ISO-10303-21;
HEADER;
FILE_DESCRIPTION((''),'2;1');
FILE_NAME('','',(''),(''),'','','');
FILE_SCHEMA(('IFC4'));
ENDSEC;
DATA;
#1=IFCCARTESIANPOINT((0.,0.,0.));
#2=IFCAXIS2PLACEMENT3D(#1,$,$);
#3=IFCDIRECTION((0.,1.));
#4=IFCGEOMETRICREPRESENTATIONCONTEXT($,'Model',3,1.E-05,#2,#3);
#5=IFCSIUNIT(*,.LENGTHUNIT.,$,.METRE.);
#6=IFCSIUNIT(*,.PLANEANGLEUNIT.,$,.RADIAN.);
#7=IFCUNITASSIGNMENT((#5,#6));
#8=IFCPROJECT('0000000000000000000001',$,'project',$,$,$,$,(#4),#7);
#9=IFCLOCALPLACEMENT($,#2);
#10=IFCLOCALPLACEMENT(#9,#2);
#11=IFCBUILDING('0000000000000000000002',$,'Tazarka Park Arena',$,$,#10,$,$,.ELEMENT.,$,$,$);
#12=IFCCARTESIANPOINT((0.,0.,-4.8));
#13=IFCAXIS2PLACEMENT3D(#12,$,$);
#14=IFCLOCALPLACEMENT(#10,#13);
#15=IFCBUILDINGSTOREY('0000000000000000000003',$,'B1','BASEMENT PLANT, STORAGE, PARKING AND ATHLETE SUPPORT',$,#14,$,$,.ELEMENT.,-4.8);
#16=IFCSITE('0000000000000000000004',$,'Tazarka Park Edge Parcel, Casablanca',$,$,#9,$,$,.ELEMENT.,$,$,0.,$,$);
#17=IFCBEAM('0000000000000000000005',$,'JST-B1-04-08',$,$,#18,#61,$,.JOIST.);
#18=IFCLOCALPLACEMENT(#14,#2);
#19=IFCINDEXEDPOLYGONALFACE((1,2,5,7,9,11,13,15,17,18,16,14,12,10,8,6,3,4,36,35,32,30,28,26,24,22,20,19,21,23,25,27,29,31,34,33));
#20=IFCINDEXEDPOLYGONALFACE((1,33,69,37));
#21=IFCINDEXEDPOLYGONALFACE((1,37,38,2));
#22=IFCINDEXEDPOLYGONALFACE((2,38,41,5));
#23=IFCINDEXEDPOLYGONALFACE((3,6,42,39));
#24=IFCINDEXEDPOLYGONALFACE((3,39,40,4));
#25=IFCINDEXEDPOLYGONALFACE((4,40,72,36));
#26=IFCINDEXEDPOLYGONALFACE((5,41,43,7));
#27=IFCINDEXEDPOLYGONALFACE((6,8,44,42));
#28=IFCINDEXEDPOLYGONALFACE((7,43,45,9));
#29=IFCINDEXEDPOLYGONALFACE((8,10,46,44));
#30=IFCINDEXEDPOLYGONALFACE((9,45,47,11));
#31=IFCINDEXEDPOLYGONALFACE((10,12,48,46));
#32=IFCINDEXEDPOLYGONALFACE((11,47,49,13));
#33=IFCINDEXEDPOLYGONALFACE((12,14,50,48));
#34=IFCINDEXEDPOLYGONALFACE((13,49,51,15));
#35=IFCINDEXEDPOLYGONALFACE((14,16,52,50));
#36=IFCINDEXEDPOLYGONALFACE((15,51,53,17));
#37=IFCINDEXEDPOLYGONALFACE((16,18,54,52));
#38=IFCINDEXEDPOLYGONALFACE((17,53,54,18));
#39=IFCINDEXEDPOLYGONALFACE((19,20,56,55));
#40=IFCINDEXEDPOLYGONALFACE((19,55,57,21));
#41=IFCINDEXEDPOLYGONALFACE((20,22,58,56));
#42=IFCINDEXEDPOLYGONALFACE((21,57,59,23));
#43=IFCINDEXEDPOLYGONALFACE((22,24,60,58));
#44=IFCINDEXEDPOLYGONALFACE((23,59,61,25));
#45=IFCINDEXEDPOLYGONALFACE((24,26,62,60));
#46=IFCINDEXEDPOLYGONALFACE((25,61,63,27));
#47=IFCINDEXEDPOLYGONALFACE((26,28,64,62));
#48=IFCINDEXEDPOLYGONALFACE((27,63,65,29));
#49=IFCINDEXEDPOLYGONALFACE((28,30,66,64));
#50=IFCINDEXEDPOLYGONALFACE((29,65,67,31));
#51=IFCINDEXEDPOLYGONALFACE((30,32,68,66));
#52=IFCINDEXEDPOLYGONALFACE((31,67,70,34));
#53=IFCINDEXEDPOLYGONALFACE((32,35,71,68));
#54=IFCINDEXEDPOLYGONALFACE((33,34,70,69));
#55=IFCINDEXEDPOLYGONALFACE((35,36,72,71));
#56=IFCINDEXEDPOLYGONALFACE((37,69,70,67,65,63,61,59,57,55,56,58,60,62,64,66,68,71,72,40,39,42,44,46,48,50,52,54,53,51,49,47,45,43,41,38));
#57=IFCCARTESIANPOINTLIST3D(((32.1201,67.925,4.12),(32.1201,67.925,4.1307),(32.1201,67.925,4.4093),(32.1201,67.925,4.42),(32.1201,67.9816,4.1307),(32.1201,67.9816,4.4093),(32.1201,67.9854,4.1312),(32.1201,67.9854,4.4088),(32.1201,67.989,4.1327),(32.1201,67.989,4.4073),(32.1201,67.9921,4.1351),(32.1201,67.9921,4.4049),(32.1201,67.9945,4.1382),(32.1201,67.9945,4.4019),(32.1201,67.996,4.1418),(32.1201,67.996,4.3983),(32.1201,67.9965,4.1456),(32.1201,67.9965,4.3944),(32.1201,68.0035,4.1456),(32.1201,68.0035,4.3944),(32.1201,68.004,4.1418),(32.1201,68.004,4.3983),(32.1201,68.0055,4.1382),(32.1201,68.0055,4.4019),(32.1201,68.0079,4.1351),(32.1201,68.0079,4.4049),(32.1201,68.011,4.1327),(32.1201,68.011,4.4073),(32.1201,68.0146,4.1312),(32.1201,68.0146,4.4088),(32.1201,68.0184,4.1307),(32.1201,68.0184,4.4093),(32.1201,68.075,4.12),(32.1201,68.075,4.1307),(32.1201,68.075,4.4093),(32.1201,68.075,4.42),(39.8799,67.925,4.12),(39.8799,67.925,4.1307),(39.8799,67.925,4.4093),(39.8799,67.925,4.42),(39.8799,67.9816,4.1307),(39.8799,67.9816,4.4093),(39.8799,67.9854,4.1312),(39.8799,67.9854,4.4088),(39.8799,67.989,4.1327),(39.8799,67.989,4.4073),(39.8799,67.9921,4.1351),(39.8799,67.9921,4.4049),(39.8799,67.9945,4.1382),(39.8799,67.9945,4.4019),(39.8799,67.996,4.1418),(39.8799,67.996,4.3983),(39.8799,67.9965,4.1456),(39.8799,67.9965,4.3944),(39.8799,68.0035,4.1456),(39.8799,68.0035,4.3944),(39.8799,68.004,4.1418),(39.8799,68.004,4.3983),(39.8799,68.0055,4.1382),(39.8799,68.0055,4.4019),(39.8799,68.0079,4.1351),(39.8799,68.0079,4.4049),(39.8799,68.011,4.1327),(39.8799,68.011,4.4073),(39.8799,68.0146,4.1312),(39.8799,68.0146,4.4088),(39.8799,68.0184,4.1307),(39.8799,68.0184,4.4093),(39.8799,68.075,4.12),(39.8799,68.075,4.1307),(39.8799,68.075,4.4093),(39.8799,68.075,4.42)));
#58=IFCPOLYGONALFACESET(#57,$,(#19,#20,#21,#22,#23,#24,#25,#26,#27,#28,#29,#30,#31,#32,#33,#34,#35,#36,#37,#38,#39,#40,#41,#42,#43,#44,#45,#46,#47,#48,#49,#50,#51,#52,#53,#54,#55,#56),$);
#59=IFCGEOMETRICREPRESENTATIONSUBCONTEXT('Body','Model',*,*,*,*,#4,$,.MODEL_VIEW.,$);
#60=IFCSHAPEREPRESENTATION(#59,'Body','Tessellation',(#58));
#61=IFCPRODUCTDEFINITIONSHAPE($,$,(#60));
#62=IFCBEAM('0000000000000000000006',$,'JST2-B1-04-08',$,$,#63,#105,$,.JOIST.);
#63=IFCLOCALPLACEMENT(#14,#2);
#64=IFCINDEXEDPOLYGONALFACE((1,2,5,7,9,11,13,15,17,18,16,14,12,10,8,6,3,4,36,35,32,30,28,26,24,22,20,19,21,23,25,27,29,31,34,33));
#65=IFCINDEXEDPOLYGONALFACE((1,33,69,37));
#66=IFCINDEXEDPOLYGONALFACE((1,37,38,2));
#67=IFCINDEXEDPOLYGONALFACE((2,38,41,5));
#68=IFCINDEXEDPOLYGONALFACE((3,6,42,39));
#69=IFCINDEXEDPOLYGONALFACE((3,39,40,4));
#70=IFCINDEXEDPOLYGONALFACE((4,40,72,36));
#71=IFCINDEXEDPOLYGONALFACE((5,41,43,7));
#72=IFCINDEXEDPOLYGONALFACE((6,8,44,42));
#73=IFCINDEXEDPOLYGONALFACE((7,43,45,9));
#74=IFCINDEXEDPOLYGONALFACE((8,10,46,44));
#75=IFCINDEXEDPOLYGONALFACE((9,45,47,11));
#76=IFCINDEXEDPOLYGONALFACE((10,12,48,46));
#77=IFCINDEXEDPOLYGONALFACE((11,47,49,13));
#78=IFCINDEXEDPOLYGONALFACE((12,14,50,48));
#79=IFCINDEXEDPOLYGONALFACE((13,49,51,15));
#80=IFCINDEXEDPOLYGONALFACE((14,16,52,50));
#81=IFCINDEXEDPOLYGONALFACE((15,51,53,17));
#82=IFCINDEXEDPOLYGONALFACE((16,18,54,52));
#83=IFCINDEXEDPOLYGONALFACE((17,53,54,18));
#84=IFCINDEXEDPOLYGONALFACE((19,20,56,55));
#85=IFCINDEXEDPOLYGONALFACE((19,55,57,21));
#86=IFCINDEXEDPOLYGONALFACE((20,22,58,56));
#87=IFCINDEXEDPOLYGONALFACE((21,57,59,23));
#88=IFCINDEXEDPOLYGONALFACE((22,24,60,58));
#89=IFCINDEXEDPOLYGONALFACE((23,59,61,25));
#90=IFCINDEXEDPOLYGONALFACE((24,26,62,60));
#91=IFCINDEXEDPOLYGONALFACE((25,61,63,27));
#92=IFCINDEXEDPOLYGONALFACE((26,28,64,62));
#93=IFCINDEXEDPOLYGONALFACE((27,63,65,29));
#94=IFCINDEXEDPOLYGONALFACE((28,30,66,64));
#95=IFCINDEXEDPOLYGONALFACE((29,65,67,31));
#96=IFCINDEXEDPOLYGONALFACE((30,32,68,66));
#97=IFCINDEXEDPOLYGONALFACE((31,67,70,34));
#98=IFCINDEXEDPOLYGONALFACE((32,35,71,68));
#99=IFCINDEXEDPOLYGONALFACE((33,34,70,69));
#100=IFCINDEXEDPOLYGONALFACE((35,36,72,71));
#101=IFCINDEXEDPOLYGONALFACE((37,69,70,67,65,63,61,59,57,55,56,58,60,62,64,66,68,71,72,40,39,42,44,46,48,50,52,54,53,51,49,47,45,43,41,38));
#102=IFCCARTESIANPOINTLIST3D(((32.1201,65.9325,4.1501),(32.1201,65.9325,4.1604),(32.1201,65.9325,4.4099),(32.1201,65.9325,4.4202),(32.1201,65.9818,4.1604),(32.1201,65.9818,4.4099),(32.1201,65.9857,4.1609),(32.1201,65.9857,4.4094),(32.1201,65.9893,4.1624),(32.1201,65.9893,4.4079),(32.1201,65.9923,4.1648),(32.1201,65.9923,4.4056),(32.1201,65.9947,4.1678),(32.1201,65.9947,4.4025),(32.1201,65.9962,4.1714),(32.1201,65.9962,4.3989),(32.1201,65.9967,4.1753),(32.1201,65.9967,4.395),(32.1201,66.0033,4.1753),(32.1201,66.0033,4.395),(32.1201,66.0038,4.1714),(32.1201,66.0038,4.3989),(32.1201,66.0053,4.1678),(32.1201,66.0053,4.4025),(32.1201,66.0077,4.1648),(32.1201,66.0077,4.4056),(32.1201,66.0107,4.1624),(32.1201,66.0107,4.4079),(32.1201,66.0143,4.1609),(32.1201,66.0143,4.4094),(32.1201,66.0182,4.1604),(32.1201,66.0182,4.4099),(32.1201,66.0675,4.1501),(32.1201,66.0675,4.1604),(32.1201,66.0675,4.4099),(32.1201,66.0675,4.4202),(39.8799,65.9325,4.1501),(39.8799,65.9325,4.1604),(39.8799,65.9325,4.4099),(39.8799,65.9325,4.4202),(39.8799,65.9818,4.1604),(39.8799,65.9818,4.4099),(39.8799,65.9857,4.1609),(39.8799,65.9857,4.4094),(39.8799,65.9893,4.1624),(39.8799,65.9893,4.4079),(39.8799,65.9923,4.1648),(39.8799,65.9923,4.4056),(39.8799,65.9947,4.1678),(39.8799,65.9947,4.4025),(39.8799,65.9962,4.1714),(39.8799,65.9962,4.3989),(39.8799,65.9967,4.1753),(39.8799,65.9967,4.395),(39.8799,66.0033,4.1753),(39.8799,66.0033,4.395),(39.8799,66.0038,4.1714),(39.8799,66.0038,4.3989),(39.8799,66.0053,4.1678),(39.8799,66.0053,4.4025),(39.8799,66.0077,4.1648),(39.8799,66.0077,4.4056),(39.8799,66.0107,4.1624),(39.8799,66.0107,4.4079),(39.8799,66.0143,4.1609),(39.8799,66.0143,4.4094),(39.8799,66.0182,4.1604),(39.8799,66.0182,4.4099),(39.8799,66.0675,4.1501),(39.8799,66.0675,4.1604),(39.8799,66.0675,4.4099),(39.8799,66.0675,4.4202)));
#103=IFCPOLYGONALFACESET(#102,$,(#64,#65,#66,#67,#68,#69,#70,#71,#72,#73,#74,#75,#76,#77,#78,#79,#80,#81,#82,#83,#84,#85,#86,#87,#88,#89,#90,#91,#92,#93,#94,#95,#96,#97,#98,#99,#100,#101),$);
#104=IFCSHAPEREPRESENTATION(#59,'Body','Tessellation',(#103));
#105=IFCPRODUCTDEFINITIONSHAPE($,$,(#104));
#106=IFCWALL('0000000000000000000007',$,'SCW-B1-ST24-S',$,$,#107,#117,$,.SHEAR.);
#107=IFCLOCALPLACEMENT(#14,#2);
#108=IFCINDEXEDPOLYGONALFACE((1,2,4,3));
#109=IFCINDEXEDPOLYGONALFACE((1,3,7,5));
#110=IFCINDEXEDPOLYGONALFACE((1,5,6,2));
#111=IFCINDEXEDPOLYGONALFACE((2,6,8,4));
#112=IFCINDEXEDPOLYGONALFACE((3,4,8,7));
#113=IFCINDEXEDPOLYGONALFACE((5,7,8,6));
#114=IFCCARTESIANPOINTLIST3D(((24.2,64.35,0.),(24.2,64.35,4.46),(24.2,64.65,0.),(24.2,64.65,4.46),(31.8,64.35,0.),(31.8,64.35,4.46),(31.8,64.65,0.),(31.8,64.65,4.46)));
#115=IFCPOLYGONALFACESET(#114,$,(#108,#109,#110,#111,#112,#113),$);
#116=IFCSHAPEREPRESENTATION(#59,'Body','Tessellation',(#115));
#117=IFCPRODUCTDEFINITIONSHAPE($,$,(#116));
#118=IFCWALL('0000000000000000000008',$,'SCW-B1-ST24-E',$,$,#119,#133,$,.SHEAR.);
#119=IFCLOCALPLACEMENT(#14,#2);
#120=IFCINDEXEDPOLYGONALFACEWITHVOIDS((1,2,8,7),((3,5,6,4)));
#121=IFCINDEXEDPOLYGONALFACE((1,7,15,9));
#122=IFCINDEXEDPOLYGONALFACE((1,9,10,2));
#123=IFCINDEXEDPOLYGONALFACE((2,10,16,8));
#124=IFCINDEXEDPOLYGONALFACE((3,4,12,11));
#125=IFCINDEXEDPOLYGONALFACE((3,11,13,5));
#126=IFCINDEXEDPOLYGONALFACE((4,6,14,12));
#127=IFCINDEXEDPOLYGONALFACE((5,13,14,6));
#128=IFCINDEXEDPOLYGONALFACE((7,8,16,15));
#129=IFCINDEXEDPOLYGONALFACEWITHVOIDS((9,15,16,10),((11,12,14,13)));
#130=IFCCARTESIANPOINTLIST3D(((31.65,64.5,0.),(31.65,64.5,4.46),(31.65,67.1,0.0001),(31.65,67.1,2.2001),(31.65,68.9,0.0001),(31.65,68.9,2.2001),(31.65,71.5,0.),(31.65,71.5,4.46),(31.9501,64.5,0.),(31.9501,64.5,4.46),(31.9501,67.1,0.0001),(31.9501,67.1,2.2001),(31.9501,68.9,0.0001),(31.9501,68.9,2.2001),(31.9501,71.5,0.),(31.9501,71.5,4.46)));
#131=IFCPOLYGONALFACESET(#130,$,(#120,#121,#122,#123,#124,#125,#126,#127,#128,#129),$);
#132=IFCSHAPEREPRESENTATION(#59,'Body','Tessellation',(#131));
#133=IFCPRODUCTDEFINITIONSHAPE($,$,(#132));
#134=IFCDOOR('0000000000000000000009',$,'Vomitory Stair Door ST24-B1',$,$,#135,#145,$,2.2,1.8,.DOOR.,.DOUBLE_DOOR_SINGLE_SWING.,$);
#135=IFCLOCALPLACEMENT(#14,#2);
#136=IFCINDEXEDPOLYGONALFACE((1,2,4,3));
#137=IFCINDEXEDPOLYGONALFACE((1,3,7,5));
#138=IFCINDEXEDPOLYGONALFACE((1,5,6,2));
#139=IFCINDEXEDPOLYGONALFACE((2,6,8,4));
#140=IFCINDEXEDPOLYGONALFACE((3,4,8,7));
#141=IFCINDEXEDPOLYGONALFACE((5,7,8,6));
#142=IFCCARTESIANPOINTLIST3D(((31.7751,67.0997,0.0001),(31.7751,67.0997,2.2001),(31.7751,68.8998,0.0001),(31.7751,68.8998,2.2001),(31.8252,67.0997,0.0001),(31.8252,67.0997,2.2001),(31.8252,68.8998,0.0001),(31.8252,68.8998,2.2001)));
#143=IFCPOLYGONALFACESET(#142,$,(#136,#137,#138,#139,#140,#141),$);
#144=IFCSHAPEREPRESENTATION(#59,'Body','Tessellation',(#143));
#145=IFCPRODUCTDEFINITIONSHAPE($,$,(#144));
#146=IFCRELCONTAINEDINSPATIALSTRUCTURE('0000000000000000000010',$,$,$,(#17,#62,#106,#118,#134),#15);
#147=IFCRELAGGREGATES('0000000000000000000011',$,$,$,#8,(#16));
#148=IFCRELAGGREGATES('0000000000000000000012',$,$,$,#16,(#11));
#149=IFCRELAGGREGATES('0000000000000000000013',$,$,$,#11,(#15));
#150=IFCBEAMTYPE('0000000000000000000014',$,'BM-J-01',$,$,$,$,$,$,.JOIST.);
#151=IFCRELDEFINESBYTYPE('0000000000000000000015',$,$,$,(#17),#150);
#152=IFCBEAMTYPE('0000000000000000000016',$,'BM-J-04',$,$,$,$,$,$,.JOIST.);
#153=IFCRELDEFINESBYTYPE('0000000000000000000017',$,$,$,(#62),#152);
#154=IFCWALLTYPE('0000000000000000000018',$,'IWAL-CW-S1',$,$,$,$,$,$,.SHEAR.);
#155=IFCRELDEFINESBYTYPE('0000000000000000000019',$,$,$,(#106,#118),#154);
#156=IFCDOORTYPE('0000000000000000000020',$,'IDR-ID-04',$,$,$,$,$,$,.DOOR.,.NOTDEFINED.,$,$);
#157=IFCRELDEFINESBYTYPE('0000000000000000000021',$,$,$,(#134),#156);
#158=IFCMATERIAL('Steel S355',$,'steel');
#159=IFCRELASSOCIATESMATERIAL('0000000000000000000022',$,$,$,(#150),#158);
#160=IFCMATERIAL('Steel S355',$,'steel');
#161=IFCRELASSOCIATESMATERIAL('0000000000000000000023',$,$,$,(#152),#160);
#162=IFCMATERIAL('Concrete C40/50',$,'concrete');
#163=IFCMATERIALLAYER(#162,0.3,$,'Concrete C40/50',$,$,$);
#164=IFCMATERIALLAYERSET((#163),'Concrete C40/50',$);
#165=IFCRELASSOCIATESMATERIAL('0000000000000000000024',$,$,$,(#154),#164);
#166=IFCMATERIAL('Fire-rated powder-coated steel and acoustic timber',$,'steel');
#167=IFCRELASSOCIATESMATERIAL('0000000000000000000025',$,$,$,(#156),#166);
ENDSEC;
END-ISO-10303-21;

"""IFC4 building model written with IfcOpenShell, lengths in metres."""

from ifc_helpers import new_model, si_unit, direction, frame, frame_2d, origin, origin_2d, place, context, subcontext, project, spatial, rectangle, i_section, extrude, material, layer, layer_set, material_profile, profile_set, type_object, element, fill, save


model = new_model("IFC4")

# Units and contexts
model_context = context("Model", 3, precision=1e-05, world=origin(), true_north=direction((0.0, 1.0)))
body_context = subcontext(model_context, "Body", "Model", "MODEL_VIEW")
ifc_project = project(units=[si_unit("LENGTHUNIT", "METRE"), si_unit("PLANEANGLEUNIT", "RADIAN")], contexts=[model_context])

# Site, building, storey
site_placement = place(None, origin())
site = spatial("IfcSite", under=ifc_project, at=site_placement, Name="Tazarka Park Edge Parcel, Casablanca", CompositionType="ELEMENT", RefElevation=0.0)
building_placement = place(site_placement, origin())
building = spatial("IfcBuilding", under=site, at=building_placement, Name="Tazarka Park Arena", CompositionType="ELEMENT")
storey_placement = place(building_placement, frame((0.0, 0.0, -4.8)))
storey = spatial("IfcBuildingStorey", under=building, at=storey_placement, Name="B1", Description="BASEMENT PLANT, STORAGE, PARKING AND ATHLETE SUPPORT", CompositionType="ELEMENT", Elevation=-4.8)

# Beams
ifc_material_1 = material(Name="Steel S355", Category="steel")
ifc_material_profile_1 = material_profile(ifc_material_1, i_section(OverallWidth=0.1499, OverallDepth=0.3, WebThickness=0.0071, FlangeThickness=0.0107, FilletRadius=0.0149, at=origin_2d()), Name="Steel S355")
ifc_profile_set_1 = profile_set([ifc_material_profile_1], Name="Steel S355")
beam_type_1 = type_object("IfcBeamType", Name="BM-J-01", PredefinedType="JOIST", material=ifc_profile_set_1)
beam_1_placement = place(storey_placement, frame((32.1201, 68.0, 4.27), z_axis=(1.0, 0.0, 0.0), x_axis=(0.0, 1.0, 0.0)))
element("IfcBeam", 1, at=beam_1_placement, inside=storey, type_object=beam_type_1, Name="JST-B1-04-08", PredefinedType="JOIST", context=body_context, shape_type="SweptSolid", body=[
    extrude(i_section(OverallWidth=0.1499, OverallDepth=0.3, WebThickness=0.0071, FlangeThickness=0.0107, FilletRadius=0.0149, at=origin_2d()), origin(), (0.0, 0.0, 1.0), 7.7598),
])
ifc_material_2 = material(Name="Steel S355", Category="steel")
ifc_material_profile_2 = material_profile(ifc_material_2, i_section(OverallWidth=0.135, OverallDepth=0.27, WebThickness=0.0066, FlangeThickness=0.0103, FilletRadius=0.0149, at=origin_2d()), Name="Steel S355")
ifc_profile_set_2 = profile_set([ifc_material_profile_2], Name="Steel S355")
beam_type_2 = type_object("IfcBeamType", Name="BM-J-04", PredefinedType="JOIST", material=ifc_profile_set_2)
beam_2_placement = place(storey_placement, frame((32.1201, 66.0, 4.2852), z_axis=(1.0, 0.0, 0.0), x_axis=(0.0, 1.0, 0.0)))
element("IfcBeam", 2, at=beam_2_placement, inside=storey, type_object=beam_type_2, Name="JST2-B1-04-08", PredefinedType="JOIST", context=body_context, shape_type="SweptSolid", body=[
    extrude(i_section(OverallWidth=0.135, OverallDepth=0.27, WebThickness=0.0066, FlangeThickness=0.0103, FilletRadius=0.0149, at=origin_2d()), origin(), (0.0, 0.0, 1.0), 7.7598),
])

# Wall
ifc_material_3 = material(Name="Concrete C40/50", Category="concrete")
ifc_layer = layer(ifc_material_3, 0.3, Name="Concrete C40/50")
ifc_layer_set = layer_set([ifc_layer], Name="Concrete C40/50")
wall_type = type_object("IfcWallType", Name="IWAL-CW-S1", PredefinedType="SHEAR", material=ifc_layer_set)
wall_1_placement = place(storey_placement, frame((31.8, 64.5, 0.0), z_axis=(0.0, 0.0, 1.0), x_axis=(-1.0, 0.0, 0.0)))
element("IfcWall", 3, at=wall_1_placement, inside=storey, type_object=wall_type, Name="SCW-B1-ST24-S", PredefinedType="SHEAR", context=body_context, shape_type="SweptSolid", body=[
    extrude(rectangle(XDim=7.6001, YDim=0.3, at=frame_2d((3.8, 0.0))), origin(), (0.0, 0.0, 1.0), 4.46),
])

# Wall, opening, door
wall_2_placement = place(storey_placement, frame((31.8, 71.5, 0.0), z_axis=(0.0, 0.0, 1.0), x_axis=(0.0, -1.0, 0.0)))
wall_2 = element("IfcWall", 4, at=wall_2_placement, inside=storey, type_object=wall_type, Name="SCW-B1-ST24-E", PredefinedType="SHEAR", context=body_context, shape_type="SweptSolid", body=[
    extrude(rectangle(XDim=7.0, YDim=0.3, at=frame_2d((3.5, 0.0))), origin(), (0.0, 0.0, 1.0), 4.46),
])
opening_placement = place(wall_2_placement, frame((2.6001, 0.0, 0.0)))
opening = element("IfcOpeningElement", 5, at=opening_placement, cuts=wall_2, PredefinedType="OPENING", context=body_context, shape_type="SweptSolid", body=[
    extrude(rectangle(XDim=1.8, YDim=2.2, at=frame_2d((0.8999, 1.1001))), frame((0.0, 0.1602, 0.0), z_axis=(0.0, -1.0, 0.0), x_axis=(1.0, 0.0, 0.0)), (0.0, 0.0, 1.0), 0.3201),
])
ifc_material_4 = material(Name="Fire-rated powder-coated steel and acoustic timber", Category="steel")
door_type = type_object("IfcDoorType", Name="IDR-ID-04", OperationType="NOTDEFINED", PredefinedType="DOOR", material=ifc_material_4)
door_placement = place(opening_placement, frame((1.8, 0.0, 0.0), z_axis=(0.0, 0.0, 1.0), x_axis=(-1.0, 0.0, 0.0)))
door = element("IfcDoor", 6, at=door_placement, inside=storey, type_object=door_type, Name="Vomitory Stair Door ST24-B1", OperationType="DOUBLE_DOOR_SINGLE_SWING", OverallHeight=2.2, OverallWidth=1.8, PredefinedType="DOOR", context=body_context, shape_type="SweptSolid", body=[
    extrude(rectangle(XDim=1.8, YDim=2.2, at=frame_2d((0.8999, 1.1001))), frame((0.0, 0.0249, 0.0), z_axis=(0.0, -1.0, 0.0), x_axis=(1.0, 0.0, 0.0)), (0.0, 0.0, 1.0), 0.05),
])
fill(opening, door)

save(model, "model.ifc")
